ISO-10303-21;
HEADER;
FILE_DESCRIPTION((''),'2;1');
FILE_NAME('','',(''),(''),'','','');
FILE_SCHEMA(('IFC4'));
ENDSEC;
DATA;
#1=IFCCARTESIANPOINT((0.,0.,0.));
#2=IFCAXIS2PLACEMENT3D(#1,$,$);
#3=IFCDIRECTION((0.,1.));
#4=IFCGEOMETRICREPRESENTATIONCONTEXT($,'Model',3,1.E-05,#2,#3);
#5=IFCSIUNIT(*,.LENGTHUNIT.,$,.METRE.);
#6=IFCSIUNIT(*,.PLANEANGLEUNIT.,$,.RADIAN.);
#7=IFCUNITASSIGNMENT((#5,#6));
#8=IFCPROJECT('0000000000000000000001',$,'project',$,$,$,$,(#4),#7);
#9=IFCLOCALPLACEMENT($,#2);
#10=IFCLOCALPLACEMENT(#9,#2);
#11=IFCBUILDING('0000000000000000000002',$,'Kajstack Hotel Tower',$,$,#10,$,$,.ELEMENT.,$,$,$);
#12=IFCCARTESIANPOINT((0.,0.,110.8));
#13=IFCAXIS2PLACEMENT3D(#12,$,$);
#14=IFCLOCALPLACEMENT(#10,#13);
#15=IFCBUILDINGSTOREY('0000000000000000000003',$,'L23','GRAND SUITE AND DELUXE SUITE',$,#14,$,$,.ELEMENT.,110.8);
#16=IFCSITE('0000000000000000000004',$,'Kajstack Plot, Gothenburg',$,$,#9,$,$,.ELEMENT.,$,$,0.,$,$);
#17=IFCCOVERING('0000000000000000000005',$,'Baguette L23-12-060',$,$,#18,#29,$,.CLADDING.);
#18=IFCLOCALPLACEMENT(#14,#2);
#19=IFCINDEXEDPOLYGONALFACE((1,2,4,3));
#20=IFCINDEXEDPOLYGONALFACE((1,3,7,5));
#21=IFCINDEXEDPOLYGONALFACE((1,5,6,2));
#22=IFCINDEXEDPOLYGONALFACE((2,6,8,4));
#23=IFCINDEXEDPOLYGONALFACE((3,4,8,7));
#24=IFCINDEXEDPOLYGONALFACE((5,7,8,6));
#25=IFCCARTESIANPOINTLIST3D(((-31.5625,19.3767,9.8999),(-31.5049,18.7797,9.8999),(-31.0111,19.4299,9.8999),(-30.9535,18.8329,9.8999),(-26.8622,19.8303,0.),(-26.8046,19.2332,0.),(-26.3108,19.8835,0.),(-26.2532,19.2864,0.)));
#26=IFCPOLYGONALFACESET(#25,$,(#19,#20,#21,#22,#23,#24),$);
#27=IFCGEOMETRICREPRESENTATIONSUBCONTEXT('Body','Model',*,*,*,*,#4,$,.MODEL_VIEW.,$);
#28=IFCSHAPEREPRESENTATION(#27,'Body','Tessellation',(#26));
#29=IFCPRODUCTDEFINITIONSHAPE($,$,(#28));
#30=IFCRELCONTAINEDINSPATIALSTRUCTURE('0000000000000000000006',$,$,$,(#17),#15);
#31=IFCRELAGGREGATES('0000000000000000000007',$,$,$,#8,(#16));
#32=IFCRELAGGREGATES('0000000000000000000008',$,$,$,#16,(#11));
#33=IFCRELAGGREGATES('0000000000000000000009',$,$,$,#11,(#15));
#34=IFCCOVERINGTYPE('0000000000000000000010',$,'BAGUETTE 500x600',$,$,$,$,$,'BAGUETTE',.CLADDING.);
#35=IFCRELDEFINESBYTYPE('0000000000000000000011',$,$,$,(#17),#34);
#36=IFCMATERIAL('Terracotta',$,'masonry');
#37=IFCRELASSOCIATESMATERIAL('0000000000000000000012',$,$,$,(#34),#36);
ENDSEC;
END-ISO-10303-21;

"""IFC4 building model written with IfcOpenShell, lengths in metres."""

from ifc_helpers import new_model, si_unit, direction, frame, origin, origin_2d, place, context, subcontext, project, spatial, polyline, rectangle, outline, extrude, material, material_profile, profile_set, type_object, element, save


model = new_model("IFC4")

# Units and contexts
model_context = context("Model", 3, precision=1e-05, world=origin(), true_north=direction((0.0, 1.0)))
body_context = subcontext(model_context, "Body", "Model", "MODEL_VIEW")
ifc_project = project(units=[si_unit("LENGTHUNIT", "METRE"), si_unit("PLANEANGLEUNIT", "RADIAN")], contexts=[model_context])

# Site, building, storey
site_placement = place(None, origin())
site = spatial("IfcSite", under=ifc_project, at=site_placement, Name="Kajstack Plot, Gothenburg", CompositionType="ELEMENT", RefElevation=0.0)
building_placement = place(site_placement, origin())
building = spatial("IfcBuilding", under=site, at=building_placement, Name="Kajstack Hotel Tower", CompositionType="ELEMENT")
storey_placement = place(building_placement, frame((0.0, 0.0, 110.8)))
storey = spatial("IfcBuildingStorey", under=building, at=storey_placement, Name="L23", Description="GRAND SUITE AND DELUXE SUITE", CompositionType="ELEMENT", Elevation=110.8)

# Covering
ifc_material_1 = material(Name="Terracotta", Category="masonry")
ifc_material_profile = material_profile(ifc_material_1, rectangle(XDim=0.6001, YDim=0.5, at=origin_2d()), Name="Terracotta-clad concrete baguette 500 x 600")
ifc_profile_set = profile_set([ifc_material_profile], Name="Terracotta")
covering_type = type_object("IfcCoveringType", Name="BAGUETTE 500x600", ElementType="BAGUETTE", PredefinedType="CLADDING", material=ifc_profile_set)
for number, where, z_axis, x_axis, name in (
    (1, (-26.2532, 19.2864, 0.0), (-0.096038, 0.995378, 0.0), (-0.995378, -0.096038, 0.0), "Baguette L23-12-060"),
):
    element("IfcCovering", number, at=place(storey_placement, frame(where, z_axis=z_axis, x_axis=x_axis)), inside=storey, type_object=covering_type, Name=name, PredefinedType="CLADDING", context=body_context, shape_type="SweptSolid", body=[
        extrude(outline(polyline([(4.7222, 9.8999), (0.0, 0.0), (0.554, 0.0), (5.2761, 9.8999), (4.7222, 9.8999)])), origin(), (0.0, 0.0, 1.0), 0.5999),
    ])

save(model, "model.ifc")
